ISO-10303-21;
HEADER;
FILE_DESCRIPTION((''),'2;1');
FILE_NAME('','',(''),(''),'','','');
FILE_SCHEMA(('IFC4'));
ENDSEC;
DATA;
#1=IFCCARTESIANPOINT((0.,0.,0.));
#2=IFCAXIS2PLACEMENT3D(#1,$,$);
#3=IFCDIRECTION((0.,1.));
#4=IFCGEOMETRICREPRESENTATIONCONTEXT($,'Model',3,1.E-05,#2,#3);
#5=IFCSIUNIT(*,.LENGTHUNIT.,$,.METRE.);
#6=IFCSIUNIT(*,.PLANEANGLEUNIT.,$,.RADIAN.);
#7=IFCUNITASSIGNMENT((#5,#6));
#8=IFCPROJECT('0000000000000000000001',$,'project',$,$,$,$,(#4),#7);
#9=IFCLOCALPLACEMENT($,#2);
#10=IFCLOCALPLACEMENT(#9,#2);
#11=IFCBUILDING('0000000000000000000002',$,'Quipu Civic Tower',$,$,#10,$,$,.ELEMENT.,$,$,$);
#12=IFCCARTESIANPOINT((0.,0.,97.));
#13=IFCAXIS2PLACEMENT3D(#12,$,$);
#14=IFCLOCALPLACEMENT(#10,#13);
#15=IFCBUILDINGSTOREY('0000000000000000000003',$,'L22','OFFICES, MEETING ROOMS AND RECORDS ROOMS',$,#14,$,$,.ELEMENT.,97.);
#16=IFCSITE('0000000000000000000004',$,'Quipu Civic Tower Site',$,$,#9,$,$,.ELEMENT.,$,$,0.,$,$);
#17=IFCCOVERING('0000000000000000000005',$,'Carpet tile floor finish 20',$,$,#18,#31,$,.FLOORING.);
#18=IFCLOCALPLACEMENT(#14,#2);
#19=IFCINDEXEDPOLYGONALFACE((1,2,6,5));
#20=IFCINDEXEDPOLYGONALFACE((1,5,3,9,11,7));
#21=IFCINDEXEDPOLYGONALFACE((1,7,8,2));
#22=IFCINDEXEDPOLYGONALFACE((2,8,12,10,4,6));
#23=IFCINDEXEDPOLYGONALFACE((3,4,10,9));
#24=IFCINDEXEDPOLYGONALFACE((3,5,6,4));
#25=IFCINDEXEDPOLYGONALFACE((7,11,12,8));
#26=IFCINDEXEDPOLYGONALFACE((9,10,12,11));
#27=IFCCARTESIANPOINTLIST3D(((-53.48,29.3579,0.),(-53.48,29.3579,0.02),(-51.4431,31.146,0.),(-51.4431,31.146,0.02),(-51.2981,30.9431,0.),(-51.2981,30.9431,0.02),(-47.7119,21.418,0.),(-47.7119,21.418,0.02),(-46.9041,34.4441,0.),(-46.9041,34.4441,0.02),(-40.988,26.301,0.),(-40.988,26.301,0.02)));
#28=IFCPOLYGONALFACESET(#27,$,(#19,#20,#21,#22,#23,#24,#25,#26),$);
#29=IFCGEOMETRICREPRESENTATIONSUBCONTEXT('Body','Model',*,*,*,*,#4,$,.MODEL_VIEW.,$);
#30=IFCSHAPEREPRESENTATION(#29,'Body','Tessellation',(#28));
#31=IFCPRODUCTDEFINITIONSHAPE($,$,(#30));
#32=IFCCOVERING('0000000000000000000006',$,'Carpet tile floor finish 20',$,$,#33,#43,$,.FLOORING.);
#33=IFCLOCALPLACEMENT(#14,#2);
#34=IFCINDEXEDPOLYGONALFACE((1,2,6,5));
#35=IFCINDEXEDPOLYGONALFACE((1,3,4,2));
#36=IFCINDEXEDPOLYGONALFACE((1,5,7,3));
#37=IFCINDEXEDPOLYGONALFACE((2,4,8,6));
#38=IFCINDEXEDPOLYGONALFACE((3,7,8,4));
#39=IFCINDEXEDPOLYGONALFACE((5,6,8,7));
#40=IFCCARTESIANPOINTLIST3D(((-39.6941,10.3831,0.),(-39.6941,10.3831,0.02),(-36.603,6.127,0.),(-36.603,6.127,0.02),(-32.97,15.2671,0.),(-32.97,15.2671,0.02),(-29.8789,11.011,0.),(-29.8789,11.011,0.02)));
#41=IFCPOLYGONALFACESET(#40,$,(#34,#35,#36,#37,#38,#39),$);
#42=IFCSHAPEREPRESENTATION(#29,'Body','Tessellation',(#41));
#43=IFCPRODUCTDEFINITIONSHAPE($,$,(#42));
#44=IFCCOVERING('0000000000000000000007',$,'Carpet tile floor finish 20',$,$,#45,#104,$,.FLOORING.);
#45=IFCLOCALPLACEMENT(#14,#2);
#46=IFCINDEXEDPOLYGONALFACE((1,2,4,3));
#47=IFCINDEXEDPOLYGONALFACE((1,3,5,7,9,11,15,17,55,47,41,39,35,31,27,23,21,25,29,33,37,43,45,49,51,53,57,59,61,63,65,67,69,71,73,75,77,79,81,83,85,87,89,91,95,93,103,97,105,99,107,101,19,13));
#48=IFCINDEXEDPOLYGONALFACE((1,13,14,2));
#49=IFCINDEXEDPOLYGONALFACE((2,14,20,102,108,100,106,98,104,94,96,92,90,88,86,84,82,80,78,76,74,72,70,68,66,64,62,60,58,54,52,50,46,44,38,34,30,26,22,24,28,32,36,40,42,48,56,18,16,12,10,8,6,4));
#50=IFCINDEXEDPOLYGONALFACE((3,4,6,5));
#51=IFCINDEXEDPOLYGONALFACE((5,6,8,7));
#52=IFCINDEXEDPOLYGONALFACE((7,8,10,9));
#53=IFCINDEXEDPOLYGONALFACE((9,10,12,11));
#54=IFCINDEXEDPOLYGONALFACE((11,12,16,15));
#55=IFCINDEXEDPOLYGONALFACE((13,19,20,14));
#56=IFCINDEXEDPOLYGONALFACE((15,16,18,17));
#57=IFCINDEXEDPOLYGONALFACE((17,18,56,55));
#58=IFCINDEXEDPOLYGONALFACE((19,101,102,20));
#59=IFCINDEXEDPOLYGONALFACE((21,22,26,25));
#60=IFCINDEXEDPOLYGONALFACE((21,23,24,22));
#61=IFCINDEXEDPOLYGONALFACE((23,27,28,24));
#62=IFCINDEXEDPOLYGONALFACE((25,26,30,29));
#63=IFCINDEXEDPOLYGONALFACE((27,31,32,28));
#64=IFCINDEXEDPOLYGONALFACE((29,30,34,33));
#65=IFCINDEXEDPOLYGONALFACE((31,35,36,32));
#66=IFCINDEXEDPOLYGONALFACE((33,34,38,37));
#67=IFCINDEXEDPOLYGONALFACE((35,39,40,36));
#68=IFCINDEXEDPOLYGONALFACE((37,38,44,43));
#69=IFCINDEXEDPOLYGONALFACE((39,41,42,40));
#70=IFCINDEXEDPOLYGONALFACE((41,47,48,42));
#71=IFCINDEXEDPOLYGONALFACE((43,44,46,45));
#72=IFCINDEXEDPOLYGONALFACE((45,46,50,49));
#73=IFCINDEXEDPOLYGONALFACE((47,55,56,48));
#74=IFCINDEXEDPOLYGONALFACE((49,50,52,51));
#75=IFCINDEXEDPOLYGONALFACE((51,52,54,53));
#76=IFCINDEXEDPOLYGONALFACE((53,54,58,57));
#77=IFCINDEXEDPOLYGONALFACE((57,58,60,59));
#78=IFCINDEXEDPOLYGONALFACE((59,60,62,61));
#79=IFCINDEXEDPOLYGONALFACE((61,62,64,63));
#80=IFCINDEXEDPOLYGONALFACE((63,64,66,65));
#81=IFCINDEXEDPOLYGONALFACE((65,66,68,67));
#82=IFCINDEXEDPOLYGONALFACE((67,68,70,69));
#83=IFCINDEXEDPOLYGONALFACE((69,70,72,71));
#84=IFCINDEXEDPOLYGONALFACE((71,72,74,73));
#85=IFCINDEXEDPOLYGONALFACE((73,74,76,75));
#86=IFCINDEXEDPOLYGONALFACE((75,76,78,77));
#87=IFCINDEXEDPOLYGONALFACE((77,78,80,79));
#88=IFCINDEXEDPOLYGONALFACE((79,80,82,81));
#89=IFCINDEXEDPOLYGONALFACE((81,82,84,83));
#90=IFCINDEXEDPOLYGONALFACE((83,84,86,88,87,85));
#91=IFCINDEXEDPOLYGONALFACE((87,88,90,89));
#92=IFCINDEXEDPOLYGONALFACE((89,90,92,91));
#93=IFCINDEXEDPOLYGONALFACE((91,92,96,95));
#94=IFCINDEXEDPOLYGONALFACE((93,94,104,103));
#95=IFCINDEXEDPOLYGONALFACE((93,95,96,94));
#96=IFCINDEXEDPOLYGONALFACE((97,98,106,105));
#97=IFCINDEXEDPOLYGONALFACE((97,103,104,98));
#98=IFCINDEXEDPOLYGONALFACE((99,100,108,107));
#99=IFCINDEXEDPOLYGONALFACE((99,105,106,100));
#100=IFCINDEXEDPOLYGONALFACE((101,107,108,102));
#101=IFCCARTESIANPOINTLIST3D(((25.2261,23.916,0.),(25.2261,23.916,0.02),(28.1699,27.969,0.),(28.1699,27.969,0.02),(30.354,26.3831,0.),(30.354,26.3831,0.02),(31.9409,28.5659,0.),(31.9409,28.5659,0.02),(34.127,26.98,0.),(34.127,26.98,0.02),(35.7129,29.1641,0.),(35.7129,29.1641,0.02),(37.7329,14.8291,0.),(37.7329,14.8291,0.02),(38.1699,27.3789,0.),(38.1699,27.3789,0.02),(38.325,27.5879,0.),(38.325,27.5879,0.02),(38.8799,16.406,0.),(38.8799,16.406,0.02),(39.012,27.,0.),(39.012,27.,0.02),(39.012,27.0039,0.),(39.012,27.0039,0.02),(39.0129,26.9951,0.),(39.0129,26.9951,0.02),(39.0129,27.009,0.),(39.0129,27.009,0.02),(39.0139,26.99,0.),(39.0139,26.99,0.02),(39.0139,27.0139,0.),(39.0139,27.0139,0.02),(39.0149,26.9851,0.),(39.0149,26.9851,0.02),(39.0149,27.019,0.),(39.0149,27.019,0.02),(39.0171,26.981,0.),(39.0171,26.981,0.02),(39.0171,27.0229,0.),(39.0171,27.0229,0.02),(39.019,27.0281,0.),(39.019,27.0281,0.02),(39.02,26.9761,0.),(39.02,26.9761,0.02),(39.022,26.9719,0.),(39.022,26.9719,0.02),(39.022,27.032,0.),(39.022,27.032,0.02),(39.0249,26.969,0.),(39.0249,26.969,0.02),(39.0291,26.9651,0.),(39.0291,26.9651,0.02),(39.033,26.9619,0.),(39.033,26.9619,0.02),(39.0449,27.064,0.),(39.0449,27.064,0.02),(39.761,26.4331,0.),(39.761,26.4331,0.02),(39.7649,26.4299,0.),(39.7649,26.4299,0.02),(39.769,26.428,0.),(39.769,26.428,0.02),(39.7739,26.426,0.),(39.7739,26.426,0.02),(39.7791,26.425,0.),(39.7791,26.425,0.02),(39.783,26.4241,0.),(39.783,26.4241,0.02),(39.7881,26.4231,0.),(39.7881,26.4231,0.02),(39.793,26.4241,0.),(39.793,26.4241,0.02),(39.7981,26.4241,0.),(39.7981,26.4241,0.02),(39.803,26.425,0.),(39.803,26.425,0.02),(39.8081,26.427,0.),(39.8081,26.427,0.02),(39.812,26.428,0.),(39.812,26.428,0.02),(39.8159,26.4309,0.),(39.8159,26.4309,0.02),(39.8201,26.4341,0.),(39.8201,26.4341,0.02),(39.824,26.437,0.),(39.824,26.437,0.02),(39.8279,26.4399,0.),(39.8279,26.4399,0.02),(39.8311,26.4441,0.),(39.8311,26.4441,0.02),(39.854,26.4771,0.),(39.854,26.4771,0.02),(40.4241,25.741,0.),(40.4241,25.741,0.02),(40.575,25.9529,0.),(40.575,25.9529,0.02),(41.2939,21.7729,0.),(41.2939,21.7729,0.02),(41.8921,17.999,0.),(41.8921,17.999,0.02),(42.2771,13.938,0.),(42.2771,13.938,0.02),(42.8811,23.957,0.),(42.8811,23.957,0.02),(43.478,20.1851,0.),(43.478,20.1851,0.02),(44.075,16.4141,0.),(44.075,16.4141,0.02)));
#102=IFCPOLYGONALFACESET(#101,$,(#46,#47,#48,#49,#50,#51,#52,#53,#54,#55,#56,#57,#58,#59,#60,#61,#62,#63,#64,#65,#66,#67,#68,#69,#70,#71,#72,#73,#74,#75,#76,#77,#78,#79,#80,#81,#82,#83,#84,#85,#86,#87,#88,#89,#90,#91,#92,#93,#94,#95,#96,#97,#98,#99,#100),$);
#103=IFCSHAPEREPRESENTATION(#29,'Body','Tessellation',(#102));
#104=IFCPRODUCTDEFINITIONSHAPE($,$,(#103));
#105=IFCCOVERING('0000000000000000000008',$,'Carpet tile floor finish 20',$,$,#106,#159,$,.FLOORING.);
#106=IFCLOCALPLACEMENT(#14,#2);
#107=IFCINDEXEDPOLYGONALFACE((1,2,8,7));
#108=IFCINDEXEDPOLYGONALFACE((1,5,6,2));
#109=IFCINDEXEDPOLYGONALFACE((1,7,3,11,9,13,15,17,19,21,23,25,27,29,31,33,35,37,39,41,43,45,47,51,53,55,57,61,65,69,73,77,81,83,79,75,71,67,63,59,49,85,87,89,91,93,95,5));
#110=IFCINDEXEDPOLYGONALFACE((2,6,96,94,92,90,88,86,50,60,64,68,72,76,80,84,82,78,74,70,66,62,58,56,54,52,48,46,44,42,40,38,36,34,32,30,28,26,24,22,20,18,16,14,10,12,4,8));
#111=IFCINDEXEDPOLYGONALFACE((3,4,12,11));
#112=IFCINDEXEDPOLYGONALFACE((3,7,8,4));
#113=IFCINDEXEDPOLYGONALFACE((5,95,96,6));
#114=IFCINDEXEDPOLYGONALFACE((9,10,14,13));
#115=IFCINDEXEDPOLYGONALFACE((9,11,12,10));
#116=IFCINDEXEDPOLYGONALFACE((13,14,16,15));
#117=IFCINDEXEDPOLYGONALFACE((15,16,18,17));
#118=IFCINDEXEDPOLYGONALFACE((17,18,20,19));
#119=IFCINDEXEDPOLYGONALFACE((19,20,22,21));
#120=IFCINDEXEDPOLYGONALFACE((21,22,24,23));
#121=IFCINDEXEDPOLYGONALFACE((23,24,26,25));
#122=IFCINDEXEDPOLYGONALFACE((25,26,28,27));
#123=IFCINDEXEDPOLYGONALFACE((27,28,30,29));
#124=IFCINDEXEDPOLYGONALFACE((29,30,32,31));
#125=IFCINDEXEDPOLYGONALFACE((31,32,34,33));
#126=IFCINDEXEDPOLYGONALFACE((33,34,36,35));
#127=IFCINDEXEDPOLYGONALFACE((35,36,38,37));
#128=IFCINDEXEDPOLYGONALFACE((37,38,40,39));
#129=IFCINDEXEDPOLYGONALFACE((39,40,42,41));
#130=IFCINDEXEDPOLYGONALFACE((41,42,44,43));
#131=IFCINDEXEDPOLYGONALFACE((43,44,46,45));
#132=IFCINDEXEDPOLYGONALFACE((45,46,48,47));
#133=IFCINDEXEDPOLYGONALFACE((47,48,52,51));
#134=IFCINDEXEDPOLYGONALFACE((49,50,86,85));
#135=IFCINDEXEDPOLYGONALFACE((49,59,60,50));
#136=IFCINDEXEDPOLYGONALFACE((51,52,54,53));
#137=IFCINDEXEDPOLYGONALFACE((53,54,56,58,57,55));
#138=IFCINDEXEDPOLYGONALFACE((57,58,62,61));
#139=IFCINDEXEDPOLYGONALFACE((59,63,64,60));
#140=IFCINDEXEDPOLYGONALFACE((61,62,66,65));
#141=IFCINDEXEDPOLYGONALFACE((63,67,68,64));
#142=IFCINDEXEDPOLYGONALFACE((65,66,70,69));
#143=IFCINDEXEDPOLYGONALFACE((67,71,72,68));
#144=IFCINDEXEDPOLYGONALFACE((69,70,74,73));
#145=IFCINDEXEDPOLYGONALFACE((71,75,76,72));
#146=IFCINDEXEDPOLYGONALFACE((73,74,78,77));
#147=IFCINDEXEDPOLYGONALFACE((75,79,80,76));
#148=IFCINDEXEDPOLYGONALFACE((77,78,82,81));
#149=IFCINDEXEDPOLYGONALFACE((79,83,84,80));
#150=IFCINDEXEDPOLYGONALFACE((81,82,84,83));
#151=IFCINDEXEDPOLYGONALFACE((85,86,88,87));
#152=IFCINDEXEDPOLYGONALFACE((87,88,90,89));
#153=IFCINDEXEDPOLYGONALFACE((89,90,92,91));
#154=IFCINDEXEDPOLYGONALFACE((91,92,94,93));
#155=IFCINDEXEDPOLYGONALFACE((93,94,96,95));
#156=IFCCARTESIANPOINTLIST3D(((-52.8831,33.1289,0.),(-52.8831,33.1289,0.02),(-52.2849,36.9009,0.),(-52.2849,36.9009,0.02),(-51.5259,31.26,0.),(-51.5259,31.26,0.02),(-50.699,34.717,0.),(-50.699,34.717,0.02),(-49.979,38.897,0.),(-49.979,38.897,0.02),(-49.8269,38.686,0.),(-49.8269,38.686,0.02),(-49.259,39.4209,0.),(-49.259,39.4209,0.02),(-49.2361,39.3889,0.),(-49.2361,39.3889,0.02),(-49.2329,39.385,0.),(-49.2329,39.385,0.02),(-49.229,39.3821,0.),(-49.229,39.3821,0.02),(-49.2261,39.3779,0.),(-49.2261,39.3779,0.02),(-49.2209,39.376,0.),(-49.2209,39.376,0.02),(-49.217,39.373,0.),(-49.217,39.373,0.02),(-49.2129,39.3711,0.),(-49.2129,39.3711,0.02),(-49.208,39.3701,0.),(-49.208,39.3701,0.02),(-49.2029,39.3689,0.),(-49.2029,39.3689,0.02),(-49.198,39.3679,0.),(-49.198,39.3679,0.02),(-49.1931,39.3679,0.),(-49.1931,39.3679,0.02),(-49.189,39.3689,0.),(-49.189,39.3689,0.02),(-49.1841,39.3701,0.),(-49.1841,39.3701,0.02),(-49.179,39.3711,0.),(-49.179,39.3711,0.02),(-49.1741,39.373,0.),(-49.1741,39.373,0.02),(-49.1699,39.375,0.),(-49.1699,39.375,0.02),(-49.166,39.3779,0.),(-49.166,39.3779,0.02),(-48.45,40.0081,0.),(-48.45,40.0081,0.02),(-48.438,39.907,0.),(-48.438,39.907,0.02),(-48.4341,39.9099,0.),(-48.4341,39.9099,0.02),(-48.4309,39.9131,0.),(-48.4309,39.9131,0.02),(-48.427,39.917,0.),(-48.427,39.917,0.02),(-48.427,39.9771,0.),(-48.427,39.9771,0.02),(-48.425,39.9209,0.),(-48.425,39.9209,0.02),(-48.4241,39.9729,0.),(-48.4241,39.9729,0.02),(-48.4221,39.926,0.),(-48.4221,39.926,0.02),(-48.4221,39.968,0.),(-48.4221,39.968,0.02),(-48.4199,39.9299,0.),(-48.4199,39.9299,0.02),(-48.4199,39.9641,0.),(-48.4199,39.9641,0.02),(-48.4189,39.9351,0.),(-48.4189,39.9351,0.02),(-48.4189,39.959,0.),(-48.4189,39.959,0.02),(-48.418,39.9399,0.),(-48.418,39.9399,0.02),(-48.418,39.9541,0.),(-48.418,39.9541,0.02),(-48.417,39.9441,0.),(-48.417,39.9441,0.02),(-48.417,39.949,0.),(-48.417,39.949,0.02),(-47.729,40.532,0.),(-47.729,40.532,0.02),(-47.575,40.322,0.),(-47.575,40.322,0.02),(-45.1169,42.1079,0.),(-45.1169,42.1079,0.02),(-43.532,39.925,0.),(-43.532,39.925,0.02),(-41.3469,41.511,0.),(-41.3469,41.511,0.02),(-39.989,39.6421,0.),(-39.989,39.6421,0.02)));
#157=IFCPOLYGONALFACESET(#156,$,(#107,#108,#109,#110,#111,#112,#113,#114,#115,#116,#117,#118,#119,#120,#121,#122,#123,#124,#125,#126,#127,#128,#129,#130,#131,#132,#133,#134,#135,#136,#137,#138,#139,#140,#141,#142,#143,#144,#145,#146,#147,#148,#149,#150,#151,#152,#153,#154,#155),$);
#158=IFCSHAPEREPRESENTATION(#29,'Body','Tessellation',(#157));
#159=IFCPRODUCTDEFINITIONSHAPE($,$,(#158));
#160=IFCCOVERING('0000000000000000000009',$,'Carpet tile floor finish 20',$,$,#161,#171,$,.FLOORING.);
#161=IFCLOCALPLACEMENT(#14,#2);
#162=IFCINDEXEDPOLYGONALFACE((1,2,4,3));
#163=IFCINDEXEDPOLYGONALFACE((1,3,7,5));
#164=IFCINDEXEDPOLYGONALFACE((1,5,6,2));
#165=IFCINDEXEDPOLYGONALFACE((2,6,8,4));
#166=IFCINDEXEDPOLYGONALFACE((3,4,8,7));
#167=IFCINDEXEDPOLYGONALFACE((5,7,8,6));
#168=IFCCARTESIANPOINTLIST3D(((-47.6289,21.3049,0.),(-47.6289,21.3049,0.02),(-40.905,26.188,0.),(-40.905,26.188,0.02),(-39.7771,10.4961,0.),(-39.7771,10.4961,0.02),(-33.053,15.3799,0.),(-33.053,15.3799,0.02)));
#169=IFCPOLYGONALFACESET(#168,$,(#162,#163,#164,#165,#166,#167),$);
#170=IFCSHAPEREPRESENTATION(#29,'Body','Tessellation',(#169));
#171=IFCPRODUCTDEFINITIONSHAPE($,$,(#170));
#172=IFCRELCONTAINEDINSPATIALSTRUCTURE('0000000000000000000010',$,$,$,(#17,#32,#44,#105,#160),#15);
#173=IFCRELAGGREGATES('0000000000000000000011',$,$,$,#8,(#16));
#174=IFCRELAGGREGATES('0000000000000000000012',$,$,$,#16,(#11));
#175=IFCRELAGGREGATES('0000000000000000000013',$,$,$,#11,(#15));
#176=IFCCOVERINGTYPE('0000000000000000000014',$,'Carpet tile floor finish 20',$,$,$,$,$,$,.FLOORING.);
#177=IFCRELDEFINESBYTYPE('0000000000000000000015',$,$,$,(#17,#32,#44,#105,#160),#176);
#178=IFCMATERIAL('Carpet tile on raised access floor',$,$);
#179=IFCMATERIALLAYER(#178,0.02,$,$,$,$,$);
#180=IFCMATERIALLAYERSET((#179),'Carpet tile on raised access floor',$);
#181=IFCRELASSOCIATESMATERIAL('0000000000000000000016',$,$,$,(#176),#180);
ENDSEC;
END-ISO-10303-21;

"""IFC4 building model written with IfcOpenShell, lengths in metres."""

from ifc_helpers import new_model, si_unit, direction, frame, origin, place, context, subcontext, project, spatial, polyline, outline, extrude, material, layer, layer_set, type_object, element, save


model = new_model("IFC4")

# Units and contexts
model_context = context("Model", 3, precision=1e-05, world=origin(), true_north=direction((0.0, 1.0)))
body_context = subcontext(model_context, "Body", "Model", "MODEL_VIEW")
ifc_project = project(units=[si_unit("LENGTHUNIT", "METRE"), si_unit("PLANEANGLEUNIT", "RADIAN")], contexts=[model_context])

# Site, building, storey
site_placement = place(None, origin())
site = spatial("IfcSite", under=ifc_project, at=site_placement, Name="Quipu Civic Tower Site", CompositionType="ELEMENT", RefElevation=0.0)
building_placement = place(site_placement, origin())
building = spatial("IfcBuilding", under=site, at=building_placement, Name="Quipu Civic Tower", CompositionType="ELEMENT")
storey_placement = place(building_placement, frame((0.0, 0.0, 97.0)))
storey = spatial("IfcBuildingStorey", under=building, at=storey_placement, Name="L22", Description="OFFICES, MEETING ROOMS AND RECORDS ROOMS", CompositionType="ELEMENT", Elevation=97.0)

# Coverings
ifc_material_1 = material(Name="Carpet tile on raised access floor")
ifc_layer_1 = layer(ifc_material_1, 0.02)
ifc_layer_set_1 = layer_set([ifc_layer_1], Name="Carpet tile on raised access floor")
covering_type_1 = type_object("IfcCoveringType", Name="Carpet tile floor finish 20", PredefinedType="FLOORING", material=ifc_layer_set_1)
covering_1_placement = place(storey_placement, origin())
element("IfcCovering", 1, at=covering_1_placement, inside=storey, type_object=covering_type_1, Name="Carpet tile floor finish 20", PredefinedType="FLOORING", context=body_context, shape_type="SweptSolid", body=[
    extrude(outline(polyline([(-53.48, 29.3579), (-51.2981, 30.9431), (-51.4431, 31.146), (-46.9041, 34.4441), (-40.988, 26.301), (-47.7119, 21.418), (-53.48, 29.3579)])), origin(), (0.0, 0.0, 1.0), 0.02),
])
covering_2_placement = place(storey_placement, origin())
element("IfcCovering", 2, at=covering_2_placement, inside=storey, type_object=covering_type_1, Name="Carpet tile floor finish 20", PredefinedType="FLOORING", context=body_context, shape_type="SweptSolid", body=[
    extrude(outline(polyline([(-39.6941, 10.3831), (-32.97, 15.2671), (-29.8789, 11.011), (-36.603, 6.127), (-39.6941, 10.3831)])), origin(), (0.0, 0.0, 1.0), 0.02),
])
covering_3_placement = place(storey_placement, origin())
element("IfcCovering", 3, at=covering_3_placement, inside=storey, type_object=covering_type_1, Name="Carpet tile floor finish 20", PredefinedType="FLOORING", context=body_context, shape_type="SweptSolid", body=[
    extrude(outline(polyline([(25.2261, 23.916), (28.1699, 27.969), (30.354, 26.3831), (31.9409, 28.5659), (34.127, 26.98), (35.7129, 29.1641), (38.1699, 27.3789), (38.325, 27.5879), (39.0449, 27.064), (39.022, 27.032), (39.019, 27.0281), (39.0171, 27.0229), (39.0149, 27.019), (39.0139, 27.0139), (39.0129, 27.009), (39.012, 27.0039), (39.012, 27.0), (39.0129, 26.9951), (39.0139, 26.99), (39.0149, 26.9851), (39.0171, 26.981), (39.02, 26.9761), (39.022, 26.9719), (39.0249, 26.969), (39.0291, 26.9651), (39.033, 26.9619), (39.761, 26.4331), (39.7649, 26.4299), (39.769, 26.428), (39.7739, 26.426), (39.7791, 26.425), (39.783, 26.4241), (39.7881, 26.4231), (39.793, 26.4241), (39.7981, 26.4241), (39.803, 26.425), (39.8081, 26.427), (39.812, 26.428), (39.8159, 26.4309), (39.8201, 26.4341), (39.824, 26.437), (39.8279, 26.4399), (39.8311, 26.4441), (39.854, 26.4771), (40.575, 25.9529), (40.4241, 25.741), (42.8811, 23.957), (41.2939, 21.7729), (43.478, 20.1851), (41.8921, 17.999), (44.075, 16.4141), (42.2771, 13.938), (38.8799, 16.406), (37.7329, 14.8291), (25.2261, 23.916)])), origin(), (0.0, 0.0, 1.0), 0.02),
])
covering_4_placement = place(storey_placement, origin())
element("IfcCovering", 4, at=covering_4_placement, inside=storey, type_object=covering_type_1, Name="Carpet tile floor finish 20", PredefinedType="FLOORING", context=body_context, shape_type="SweptSolid", body=[
    extrude(outline(polyline([(-52.8831, 33.1289), (-50.699, 34.717), (-52.2849, 36.9009), (-49.8269, 38.686), (-49.979, 38.897), (-49.259, 39.4209), (-49.2361, 39.3889), (-49.2329, 39.385), (-49.229, 39.3821), (-49.2261, 39.3779), (-49.2209, 39.376), (-49.217, 39.373), (-49.2129, 39.3711), (-49.208, 39.3701), (-49.2029, 39.3689), (-49.198, 39.3679), (-49.1931, 39.3679), (-49.189, 39.3689), (-49.1841, 39.3701), (-49.179, 39.3711), (-49.1741, 39.373), (-49.1699, 39.375), (-49.166, 39.3779), (-48.438, 39.907), (-48.4341, 39.9099), (-48.4309, 39.9131), (-48.427, 39.917), (-48.425, 39.9209), (-48.4221, 39.926), (-48.4199, 39.9299), (-48.4189, 39.9351), (-48.418, 39.9399), (-48.417, 39.9441), (-48.417, 39.949), (-48.418, 39.9541), (-48.4189, 39.959), (-48.4199, 39.9641), (-48.4221, 39.968), (-48.4241, 39.9729), (-48.427, 39.9771), (-48.45, 40.0081), (-47.729, 40.532), (-47.575, 40.322), (-45.1169, 42.1079), (-43.532, 39.925), (-41.3469, 41.511), (-39.989, 39.6421), (-51.5259, 31.26), (-52.8831, 33.1289)])), origin(), (0.0, 0.0, 1.0), 0.02),
])
covering_5_placement = place(storey_placement, origin())
element("IfcCovering", 5, at=covering_5_placement, inside=storey, type_object=covering_type_1, Name="Carpet tile floor finish 20", PredefinedType="FLOORING", context=body_context, shape_type="SweptSolid", body=[
    extrude(outline(polyline([(-47.6289, 21.3049), (-40.905, 26.188), (-33.053, 15.3799), (-39.7771, 10.4961), (-47.6289, 21.3049)])), origin(), (0.0, 0.0, 1.0), 0.02),
])

save(model, "model.ifc")
